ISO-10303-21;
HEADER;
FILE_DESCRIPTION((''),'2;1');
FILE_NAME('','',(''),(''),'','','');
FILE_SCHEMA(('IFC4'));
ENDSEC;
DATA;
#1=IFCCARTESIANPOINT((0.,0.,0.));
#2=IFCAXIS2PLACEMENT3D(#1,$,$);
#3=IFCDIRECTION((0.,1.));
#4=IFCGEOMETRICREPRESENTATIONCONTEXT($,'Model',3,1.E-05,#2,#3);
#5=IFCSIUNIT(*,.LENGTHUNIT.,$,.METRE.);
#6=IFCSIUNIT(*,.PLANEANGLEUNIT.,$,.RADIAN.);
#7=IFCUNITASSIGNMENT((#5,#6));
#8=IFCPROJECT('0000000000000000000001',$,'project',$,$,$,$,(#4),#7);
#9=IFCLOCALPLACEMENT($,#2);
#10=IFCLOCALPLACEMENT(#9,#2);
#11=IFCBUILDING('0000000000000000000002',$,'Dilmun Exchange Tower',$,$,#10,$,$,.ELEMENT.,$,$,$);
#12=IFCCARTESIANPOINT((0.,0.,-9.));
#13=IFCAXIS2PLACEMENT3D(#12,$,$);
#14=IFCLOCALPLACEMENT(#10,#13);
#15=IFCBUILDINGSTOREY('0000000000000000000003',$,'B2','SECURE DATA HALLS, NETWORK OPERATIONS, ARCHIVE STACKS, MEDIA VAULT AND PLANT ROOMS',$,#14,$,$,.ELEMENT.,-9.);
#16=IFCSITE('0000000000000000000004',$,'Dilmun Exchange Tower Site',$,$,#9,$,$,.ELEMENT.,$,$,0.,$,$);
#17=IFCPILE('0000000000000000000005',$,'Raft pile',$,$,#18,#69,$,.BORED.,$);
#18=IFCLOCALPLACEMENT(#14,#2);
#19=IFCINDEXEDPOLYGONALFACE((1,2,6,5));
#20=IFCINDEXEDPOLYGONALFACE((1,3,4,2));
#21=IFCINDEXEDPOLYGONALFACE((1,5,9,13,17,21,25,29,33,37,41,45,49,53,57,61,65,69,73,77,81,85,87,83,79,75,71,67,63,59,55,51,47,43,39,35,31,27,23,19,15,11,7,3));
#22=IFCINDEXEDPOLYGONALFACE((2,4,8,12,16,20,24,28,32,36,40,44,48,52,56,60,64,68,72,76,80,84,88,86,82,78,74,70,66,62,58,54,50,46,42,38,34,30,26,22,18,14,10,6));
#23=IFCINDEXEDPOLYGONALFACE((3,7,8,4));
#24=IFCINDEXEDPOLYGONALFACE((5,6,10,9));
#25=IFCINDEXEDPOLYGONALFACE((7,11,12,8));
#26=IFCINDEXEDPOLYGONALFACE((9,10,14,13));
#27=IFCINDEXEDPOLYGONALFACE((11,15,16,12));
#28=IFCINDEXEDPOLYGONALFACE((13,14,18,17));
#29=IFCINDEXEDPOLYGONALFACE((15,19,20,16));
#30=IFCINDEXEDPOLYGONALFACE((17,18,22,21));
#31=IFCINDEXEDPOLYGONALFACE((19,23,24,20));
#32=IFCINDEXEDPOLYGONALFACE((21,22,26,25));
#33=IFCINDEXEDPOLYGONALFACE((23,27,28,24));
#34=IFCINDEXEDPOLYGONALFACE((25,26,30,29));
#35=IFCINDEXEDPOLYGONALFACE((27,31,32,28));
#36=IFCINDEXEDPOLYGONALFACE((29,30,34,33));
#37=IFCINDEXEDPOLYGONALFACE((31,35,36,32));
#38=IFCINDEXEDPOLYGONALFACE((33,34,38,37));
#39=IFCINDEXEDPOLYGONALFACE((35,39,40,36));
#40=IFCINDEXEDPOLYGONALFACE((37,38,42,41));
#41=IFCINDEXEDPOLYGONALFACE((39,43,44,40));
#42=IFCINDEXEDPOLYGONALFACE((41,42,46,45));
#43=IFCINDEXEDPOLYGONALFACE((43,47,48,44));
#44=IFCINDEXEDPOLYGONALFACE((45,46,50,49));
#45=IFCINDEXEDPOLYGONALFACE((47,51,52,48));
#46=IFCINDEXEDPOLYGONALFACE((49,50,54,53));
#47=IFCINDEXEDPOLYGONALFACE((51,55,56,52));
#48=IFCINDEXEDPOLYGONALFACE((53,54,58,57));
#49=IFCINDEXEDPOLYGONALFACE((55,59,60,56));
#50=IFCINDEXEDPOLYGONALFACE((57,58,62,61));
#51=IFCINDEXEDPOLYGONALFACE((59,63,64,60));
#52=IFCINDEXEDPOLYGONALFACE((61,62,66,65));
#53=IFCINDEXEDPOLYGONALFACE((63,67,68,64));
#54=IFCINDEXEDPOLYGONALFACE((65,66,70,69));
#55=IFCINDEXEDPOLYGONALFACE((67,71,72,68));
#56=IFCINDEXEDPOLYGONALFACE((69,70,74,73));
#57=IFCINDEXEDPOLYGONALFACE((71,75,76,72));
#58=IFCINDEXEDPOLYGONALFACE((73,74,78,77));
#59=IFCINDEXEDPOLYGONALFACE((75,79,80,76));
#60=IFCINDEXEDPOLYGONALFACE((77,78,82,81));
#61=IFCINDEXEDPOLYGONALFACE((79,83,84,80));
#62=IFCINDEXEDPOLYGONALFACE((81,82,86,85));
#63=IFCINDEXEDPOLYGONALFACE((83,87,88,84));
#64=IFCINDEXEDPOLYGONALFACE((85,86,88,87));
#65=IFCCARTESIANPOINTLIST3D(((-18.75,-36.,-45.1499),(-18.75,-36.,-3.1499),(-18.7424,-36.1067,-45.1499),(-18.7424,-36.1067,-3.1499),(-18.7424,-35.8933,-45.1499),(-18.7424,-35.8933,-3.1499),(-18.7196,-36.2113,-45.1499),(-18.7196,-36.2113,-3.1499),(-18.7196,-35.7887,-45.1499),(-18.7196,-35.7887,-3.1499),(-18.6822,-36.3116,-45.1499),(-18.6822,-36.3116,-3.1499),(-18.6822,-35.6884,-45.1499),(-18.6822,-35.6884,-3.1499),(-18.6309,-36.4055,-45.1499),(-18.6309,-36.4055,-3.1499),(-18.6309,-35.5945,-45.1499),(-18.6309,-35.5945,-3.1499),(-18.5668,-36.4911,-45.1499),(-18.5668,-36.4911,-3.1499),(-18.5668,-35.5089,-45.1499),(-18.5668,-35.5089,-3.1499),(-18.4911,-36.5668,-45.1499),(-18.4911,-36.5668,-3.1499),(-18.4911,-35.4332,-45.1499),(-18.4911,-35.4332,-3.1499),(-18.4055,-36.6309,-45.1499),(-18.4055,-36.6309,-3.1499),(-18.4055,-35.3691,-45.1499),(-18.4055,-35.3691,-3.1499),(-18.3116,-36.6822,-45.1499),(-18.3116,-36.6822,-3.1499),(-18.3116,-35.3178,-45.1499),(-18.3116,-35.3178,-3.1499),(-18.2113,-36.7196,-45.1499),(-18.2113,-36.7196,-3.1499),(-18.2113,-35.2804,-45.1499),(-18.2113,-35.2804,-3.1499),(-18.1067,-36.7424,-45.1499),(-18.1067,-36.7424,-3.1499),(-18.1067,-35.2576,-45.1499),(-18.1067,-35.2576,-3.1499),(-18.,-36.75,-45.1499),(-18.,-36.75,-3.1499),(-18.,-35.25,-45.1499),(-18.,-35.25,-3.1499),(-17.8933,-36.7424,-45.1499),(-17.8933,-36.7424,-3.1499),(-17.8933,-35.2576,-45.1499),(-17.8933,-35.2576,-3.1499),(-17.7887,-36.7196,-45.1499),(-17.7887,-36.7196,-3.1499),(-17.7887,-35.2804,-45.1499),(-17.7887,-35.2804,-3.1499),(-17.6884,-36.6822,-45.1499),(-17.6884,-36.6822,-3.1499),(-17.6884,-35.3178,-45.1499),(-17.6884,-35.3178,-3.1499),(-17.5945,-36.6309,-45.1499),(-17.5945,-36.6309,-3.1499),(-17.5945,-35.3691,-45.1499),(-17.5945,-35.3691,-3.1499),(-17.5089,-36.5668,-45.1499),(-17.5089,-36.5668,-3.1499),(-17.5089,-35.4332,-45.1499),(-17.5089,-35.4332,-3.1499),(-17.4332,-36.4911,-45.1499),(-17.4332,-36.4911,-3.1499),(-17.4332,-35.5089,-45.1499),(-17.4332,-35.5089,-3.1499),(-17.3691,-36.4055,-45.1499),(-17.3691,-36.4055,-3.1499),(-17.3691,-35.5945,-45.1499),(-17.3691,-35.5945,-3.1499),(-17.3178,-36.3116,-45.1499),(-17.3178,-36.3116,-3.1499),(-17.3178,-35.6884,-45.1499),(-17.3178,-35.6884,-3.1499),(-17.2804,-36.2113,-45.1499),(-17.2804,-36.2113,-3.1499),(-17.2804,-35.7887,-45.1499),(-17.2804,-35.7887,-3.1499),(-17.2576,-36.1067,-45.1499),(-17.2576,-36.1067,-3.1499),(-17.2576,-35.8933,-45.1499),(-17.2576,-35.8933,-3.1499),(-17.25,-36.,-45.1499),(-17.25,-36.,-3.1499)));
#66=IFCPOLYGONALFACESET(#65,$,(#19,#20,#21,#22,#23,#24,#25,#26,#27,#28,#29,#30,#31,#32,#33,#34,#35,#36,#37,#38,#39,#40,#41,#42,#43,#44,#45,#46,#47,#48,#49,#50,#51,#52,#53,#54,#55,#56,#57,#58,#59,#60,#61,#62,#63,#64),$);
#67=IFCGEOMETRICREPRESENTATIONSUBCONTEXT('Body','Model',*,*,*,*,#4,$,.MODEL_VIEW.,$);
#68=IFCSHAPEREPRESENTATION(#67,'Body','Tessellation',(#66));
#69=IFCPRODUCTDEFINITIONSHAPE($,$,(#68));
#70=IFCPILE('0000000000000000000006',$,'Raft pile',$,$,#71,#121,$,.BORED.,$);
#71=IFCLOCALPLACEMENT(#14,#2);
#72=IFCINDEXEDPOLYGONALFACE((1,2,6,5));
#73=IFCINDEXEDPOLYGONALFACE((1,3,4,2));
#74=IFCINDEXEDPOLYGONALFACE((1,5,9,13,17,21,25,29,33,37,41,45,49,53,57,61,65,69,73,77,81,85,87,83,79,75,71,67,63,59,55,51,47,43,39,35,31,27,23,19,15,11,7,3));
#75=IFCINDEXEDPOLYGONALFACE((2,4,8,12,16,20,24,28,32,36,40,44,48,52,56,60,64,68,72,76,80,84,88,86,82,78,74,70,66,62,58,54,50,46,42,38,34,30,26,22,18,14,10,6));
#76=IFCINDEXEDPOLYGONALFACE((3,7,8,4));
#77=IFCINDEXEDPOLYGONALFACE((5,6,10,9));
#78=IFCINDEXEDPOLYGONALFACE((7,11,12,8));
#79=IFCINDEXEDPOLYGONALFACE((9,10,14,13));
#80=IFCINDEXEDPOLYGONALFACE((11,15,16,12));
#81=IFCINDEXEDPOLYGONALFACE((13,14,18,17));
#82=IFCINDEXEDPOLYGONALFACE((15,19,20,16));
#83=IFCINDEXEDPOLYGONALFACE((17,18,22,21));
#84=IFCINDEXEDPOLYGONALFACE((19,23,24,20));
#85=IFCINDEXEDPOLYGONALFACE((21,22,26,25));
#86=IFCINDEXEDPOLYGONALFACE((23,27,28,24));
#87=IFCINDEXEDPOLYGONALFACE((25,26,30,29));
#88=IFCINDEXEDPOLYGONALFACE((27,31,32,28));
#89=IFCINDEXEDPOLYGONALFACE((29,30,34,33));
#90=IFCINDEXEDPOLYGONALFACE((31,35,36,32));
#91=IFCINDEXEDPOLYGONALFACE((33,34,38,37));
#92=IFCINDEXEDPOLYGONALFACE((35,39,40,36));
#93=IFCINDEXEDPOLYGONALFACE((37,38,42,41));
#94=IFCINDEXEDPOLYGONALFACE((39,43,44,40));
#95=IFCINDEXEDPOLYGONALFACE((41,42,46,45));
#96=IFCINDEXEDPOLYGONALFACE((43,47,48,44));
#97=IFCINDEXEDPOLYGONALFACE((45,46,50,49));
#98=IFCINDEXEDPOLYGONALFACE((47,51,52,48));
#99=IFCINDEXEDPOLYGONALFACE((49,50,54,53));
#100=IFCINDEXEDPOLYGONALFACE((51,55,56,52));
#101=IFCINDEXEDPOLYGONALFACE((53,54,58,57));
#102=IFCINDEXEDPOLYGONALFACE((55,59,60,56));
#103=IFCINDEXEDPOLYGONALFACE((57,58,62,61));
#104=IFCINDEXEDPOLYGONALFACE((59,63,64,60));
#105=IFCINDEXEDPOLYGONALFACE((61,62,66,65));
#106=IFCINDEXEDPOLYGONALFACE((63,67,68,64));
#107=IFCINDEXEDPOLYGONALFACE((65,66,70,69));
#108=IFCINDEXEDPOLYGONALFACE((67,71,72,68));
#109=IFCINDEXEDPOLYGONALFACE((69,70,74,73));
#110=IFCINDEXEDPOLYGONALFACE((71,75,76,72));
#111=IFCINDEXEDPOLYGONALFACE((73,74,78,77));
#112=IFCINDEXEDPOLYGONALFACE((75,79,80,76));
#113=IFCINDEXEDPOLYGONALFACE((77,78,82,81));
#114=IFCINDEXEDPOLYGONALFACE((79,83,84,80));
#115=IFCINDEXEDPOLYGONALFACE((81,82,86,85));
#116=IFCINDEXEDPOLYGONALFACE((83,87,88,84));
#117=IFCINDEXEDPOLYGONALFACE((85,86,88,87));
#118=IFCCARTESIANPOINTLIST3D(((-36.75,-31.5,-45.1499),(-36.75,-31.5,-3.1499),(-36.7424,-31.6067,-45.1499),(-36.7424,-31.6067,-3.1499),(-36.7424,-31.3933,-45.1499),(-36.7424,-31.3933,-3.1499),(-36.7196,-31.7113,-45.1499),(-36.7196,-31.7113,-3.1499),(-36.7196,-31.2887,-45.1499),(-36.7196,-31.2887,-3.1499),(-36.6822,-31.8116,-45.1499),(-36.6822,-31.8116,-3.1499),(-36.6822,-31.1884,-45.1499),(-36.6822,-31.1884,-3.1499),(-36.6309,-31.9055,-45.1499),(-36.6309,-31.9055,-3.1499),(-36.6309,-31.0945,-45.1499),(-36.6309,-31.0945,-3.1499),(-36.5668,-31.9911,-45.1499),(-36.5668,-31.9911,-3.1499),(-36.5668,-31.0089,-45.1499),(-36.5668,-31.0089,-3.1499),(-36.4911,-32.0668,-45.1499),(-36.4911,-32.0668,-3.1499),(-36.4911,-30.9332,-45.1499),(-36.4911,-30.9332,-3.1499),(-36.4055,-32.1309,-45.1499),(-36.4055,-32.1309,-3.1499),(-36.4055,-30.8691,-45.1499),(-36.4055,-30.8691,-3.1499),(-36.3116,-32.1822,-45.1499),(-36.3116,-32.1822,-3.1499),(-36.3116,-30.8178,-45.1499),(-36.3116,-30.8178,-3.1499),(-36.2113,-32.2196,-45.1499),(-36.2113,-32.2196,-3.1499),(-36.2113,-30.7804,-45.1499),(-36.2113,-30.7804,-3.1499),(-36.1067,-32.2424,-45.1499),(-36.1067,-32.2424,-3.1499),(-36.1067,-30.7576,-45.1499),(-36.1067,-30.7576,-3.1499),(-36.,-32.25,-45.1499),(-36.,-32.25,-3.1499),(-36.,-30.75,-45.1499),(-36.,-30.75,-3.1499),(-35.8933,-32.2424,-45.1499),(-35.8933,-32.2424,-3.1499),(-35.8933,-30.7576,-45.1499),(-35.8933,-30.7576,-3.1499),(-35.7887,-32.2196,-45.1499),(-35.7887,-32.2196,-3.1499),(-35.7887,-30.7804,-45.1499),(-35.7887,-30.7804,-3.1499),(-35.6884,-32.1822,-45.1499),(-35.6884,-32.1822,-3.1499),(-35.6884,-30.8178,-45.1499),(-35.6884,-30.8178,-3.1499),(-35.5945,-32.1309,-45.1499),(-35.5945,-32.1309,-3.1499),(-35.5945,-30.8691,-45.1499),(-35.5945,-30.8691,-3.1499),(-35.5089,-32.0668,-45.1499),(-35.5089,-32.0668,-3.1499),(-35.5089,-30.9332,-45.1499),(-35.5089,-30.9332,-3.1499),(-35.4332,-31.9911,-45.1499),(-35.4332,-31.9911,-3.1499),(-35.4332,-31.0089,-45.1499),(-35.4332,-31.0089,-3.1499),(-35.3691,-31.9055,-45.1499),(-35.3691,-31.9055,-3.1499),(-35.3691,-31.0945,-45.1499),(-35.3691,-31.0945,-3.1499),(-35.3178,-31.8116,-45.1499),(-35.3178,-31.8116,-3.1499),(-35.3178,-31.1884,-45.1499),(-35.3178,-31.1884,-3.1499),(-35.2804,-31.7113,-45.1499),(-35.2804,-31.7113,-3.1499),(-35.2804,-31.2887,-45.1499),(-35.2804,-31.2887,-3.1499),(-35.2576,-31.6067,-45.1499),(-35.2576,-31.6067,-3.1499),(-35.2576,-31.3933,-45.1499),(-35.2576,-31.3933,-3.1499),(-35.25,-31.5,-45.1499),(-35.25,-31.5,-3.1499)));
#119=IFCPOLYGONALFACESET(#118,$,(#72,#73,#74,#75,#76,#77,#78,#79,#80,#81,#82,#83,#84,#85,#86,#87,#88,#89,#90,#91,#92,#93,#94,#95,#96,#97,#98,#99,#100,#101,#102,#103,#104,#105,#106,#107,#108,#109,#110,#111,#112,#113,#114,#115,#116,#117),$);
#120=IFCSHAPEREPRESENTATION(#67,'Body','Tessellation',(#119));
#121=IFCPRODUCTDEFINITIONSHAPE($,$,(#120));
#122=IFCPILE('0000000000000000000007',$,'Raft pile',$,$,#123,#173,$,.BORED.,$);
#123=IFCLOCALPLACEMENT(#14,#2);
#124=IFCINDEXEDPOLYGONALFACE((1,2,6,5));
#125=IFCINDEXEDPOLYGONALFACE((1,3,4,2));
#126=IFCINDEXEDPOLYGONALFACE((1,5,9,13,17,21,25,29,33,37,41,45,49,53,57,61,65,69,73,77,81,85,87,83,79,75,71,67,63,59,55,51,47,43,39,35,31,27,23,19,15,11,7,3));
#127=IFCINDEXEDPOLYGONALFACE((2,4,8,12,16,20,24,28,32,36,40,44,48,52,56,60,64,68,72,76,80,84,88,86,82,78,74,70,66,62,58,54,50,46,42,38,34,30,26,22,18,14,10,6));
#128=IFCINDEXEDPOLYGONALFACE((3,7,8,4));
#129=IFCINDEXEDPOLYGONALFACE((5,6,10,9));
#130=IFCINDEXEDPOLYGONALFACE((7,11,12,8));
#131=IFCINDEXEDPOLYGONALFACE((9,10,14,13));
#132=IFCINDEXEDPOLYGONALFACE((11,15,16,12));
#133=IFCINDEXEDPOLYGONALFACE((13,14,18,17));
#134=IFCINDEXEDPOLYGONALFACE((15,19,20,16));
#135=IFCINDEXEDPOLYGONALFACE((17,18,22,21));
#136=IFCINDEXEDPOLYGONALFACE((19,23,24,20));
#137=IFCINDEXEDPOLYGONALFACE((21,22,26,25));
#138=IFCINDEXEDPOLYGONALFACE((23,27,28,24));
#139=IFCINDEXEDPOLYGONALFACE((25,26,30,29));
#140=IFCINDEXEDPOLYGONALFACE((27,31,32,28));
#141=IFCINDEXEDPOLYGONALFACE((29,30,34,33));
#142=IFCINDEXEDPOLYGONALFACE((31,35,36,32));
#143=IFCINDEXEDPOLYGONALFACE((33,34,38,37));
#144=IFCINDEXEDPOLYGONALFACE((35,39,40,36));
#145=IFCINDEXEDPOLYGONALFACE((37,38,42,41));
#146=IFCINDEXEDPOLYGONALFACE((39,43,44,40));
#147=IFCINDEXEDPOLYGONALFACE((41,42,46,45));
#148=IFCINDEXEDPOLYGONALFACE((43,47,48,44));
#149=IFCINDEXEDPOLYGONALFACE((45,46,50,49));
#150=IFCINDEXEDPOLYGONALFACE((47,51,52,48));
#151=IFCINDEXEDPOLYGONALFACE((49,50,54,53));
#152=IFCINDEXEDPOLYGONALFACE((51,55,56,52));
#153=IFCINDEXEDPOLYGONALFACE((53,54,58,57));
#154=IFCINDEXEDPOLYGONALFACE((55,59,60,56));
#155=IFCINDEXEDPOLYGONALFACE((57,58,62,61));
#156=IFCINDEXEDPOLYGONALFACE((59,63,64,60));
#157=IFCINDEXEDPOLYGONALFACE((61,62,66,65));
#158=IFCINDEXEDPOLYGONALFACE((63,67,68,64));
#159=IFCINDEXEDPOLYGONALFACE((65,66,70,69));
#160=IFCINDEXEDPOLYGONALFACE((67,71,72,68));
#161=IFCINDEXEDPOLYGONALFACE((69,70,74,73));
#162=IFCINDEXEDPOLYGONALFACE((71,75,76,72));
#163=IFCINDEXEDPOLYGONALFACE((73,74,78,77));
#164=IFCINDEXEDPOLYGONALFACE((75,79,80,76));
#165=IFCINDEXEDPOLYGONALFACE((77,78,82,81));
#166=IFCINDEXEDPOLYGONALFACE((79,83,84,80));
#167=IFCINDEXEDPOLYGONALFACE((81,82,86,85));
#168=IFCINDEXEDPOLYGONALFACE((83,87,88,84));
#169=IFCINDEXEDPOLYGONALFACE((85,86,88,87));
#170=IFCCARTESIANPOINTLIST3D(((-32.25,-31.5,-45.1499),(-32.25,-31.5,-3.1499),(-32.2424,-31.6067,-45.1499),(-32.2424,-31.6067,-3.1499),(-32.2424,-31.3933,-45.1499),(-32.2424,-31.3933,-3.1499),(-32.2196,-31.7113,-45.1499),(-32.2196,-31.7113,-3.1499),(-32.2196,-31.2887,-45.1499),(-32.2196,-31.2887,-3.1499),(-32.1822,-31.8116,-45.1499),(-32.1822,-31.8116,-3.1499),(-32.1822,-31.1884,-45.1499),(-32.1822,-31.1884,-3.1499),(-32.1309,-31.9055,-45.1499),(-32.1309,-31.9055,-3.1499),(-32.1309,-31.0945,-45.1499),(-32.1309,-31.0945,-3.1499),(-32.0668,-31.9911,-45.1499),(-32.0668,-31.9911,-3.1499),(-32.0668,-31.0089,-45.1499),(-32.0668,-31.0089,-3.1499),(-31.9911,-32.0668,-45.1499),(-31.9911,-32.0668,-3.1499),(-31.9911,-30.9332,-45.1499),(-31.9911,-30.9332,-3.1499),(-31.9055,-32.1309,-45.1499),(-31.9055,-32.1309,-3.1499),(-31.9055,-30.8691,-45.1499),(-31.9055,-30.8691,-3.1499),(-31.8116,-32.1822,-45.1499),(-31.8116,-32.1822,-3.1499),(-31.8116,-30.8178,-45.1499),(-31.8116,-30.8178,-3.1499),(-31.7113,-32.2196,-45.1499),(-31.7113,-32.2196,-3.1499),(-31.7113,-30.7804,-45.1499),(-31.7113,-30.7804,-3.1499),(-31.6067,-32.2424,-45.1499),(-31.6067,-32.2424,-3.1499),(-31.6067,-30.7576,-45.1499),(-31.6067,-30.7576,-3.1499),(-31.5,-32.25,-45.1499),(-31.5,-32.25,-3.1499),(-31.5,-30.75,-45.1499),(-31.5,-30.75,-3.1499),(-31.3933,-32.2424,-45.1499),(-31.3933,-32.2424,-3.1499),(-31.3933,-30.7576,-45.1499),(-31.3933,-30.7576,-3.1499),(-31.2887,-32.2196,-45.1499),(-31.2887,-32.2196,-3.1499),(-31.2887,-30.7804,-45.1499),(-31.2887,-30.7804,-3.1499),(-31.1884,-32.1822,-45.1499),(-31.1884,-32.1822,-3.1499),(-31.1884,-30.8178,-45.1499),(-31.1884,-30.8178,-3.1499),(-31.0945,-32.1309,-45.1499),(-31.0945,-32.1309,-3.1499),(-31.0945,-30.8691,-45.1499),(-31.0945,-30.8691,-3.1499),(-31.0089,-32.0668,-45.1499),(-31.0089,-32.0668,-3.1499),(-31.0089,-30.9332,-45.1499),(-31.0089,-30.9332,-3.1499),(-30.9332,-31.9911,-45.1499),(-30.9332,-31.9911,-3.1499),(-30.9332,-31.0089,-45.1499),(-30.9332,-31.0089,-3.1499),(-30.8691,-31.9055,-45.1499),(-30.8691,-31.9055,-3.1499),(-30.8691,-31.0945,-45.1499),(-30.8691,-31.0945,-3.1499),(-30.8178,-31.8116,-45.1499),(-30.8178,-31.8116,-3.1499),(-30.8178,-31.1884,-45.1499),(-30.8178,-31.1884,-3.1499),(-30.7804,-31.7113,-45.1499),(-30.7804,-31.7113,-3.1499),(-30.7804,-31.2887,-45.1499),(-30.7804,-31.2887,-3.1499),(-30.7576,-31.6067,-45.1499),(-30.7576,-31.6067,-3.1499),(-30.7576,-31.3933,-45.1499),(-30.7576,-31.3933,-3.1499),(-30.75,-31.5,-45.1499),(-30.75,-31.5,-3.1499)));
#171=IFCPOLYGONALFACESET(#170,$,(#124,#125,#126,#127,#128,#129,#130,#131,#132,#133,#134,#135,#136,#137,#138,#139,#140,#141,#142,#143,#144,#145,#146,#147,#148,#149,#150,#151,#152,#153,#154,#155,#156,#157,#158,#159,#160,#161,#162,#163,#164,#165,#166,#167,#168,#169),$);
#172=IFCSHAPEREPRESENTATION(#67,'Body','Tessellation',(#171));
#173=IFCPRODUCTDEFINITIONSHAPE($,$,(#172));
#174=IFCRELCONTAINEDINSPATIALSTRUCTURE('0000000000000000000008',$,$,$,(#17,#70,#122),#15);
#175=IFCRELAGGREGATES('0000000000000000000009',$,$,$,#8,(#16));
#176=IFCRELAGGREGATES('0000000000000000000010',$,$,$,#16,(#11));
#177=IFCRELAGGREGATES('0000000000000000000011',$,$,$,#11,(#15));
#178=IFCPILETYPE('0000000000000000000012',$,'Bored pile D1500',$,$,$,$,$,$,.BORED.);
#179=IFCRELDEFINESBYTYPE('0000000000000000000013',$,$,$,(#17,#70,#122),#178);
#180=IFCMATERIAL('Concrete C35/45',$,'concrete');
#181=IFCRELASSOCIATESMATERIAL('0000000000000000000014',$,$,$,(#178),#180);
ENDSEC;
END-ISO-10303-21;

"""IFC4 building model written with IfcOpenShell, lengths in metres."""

from ifc_helpers import new_model, si_unit, direction, frame, origin, origin_2d, place, context, subcontext, project, spatial, circle, extrude, material, material_profile, profile_set, type_object, element, save


model = new_model("IFC4")

# Units and contexts
model_context = context("Model", 3, precision=1e-05, world=origin(), true_north=direction((0.0, 1.0)))
body_context = subcontext(model_context, "Body", "Model", "MODEL_VIEW")
ifc_project = project(units=[si_unit("LENGTHUNIT", "METRE"), si_unit("PLANEANGLEUNIT", "RADIAN")], contexts=[model_context])

# Site, building, storey
site_placement = place(None, origin())
site = spatial("IfcSite", under=ifc_project, at=site_placement, Name="Dilmun Exchange Tower Site", CompositionType="ELEMENT", RefElevation=0.0)
building_placement = place(site_placement, origin())
building = spatial("IfcBuilding", under=site, at=building_placement, Name="Dilmun Exchange Tower", CompositionType="ELEMENT")
storey_placement = place(building_placement, frame((0.0, 0.0, -9.0)))
storey = spatial("IfcBuildingStorey", under=building, at=storey_placement, Name="B2", Description="SECURE DATA HALLS, NETWORK OPERATIONS, ARCHIVE STACKS, MEDIA VAULT AND PLANT ROOMS", CompositionType="ELEMENT", Elevation=-9.0)

# Piles
ifc_material_1 = material(Name="Concrete C35/45", Category="concrete")
ifc_material_profile_1 = material_profile(ifc_material_1, circle(Radius=0.75, at=origin_2d()), Name="D1500")
ifc_profile_set_1 = profile_set([ifc_material_profile_1], Name="Concrete C35/45")
pile_type = type_object("IfcPileType", Name="Bored pile D1500", PredefinedType="BORED", material=ifc_profile_set_1)
for number, where, z_axis, x_axis, name in (
    (1, (-18.0, -36.0, -3.1499), (0.0, 0.0, -1.0), (1.0, 0.0, 0.0), "Raft pile"),
    (2, (-36.0, -31.5, -3.1499), (0.0, 0.0, -1.0), (1.0, 0.0, 0.0), "Raft pile"),
    (3, (-31.5, -31.5, -3.1499), (0.0, 0.0, -1.0), (1.0, 0.0, 0.0), "Raft pile"),
):
    element("IfcPile", number, at=place(storey_placement, frame(where, z_axis=z_axis, x_axis=x_axis)), inside=storey, type_object=pile_type, Name=name, PredefinedType="BORED", context=body_context, shape_type="SweptSolid", body=[
        extrude(circle(Radius=0.75, at=origin_2d()), origin(), (0.0, 0.0, 1.0), 42.0),
    ])

save(model, "model.ifc")
